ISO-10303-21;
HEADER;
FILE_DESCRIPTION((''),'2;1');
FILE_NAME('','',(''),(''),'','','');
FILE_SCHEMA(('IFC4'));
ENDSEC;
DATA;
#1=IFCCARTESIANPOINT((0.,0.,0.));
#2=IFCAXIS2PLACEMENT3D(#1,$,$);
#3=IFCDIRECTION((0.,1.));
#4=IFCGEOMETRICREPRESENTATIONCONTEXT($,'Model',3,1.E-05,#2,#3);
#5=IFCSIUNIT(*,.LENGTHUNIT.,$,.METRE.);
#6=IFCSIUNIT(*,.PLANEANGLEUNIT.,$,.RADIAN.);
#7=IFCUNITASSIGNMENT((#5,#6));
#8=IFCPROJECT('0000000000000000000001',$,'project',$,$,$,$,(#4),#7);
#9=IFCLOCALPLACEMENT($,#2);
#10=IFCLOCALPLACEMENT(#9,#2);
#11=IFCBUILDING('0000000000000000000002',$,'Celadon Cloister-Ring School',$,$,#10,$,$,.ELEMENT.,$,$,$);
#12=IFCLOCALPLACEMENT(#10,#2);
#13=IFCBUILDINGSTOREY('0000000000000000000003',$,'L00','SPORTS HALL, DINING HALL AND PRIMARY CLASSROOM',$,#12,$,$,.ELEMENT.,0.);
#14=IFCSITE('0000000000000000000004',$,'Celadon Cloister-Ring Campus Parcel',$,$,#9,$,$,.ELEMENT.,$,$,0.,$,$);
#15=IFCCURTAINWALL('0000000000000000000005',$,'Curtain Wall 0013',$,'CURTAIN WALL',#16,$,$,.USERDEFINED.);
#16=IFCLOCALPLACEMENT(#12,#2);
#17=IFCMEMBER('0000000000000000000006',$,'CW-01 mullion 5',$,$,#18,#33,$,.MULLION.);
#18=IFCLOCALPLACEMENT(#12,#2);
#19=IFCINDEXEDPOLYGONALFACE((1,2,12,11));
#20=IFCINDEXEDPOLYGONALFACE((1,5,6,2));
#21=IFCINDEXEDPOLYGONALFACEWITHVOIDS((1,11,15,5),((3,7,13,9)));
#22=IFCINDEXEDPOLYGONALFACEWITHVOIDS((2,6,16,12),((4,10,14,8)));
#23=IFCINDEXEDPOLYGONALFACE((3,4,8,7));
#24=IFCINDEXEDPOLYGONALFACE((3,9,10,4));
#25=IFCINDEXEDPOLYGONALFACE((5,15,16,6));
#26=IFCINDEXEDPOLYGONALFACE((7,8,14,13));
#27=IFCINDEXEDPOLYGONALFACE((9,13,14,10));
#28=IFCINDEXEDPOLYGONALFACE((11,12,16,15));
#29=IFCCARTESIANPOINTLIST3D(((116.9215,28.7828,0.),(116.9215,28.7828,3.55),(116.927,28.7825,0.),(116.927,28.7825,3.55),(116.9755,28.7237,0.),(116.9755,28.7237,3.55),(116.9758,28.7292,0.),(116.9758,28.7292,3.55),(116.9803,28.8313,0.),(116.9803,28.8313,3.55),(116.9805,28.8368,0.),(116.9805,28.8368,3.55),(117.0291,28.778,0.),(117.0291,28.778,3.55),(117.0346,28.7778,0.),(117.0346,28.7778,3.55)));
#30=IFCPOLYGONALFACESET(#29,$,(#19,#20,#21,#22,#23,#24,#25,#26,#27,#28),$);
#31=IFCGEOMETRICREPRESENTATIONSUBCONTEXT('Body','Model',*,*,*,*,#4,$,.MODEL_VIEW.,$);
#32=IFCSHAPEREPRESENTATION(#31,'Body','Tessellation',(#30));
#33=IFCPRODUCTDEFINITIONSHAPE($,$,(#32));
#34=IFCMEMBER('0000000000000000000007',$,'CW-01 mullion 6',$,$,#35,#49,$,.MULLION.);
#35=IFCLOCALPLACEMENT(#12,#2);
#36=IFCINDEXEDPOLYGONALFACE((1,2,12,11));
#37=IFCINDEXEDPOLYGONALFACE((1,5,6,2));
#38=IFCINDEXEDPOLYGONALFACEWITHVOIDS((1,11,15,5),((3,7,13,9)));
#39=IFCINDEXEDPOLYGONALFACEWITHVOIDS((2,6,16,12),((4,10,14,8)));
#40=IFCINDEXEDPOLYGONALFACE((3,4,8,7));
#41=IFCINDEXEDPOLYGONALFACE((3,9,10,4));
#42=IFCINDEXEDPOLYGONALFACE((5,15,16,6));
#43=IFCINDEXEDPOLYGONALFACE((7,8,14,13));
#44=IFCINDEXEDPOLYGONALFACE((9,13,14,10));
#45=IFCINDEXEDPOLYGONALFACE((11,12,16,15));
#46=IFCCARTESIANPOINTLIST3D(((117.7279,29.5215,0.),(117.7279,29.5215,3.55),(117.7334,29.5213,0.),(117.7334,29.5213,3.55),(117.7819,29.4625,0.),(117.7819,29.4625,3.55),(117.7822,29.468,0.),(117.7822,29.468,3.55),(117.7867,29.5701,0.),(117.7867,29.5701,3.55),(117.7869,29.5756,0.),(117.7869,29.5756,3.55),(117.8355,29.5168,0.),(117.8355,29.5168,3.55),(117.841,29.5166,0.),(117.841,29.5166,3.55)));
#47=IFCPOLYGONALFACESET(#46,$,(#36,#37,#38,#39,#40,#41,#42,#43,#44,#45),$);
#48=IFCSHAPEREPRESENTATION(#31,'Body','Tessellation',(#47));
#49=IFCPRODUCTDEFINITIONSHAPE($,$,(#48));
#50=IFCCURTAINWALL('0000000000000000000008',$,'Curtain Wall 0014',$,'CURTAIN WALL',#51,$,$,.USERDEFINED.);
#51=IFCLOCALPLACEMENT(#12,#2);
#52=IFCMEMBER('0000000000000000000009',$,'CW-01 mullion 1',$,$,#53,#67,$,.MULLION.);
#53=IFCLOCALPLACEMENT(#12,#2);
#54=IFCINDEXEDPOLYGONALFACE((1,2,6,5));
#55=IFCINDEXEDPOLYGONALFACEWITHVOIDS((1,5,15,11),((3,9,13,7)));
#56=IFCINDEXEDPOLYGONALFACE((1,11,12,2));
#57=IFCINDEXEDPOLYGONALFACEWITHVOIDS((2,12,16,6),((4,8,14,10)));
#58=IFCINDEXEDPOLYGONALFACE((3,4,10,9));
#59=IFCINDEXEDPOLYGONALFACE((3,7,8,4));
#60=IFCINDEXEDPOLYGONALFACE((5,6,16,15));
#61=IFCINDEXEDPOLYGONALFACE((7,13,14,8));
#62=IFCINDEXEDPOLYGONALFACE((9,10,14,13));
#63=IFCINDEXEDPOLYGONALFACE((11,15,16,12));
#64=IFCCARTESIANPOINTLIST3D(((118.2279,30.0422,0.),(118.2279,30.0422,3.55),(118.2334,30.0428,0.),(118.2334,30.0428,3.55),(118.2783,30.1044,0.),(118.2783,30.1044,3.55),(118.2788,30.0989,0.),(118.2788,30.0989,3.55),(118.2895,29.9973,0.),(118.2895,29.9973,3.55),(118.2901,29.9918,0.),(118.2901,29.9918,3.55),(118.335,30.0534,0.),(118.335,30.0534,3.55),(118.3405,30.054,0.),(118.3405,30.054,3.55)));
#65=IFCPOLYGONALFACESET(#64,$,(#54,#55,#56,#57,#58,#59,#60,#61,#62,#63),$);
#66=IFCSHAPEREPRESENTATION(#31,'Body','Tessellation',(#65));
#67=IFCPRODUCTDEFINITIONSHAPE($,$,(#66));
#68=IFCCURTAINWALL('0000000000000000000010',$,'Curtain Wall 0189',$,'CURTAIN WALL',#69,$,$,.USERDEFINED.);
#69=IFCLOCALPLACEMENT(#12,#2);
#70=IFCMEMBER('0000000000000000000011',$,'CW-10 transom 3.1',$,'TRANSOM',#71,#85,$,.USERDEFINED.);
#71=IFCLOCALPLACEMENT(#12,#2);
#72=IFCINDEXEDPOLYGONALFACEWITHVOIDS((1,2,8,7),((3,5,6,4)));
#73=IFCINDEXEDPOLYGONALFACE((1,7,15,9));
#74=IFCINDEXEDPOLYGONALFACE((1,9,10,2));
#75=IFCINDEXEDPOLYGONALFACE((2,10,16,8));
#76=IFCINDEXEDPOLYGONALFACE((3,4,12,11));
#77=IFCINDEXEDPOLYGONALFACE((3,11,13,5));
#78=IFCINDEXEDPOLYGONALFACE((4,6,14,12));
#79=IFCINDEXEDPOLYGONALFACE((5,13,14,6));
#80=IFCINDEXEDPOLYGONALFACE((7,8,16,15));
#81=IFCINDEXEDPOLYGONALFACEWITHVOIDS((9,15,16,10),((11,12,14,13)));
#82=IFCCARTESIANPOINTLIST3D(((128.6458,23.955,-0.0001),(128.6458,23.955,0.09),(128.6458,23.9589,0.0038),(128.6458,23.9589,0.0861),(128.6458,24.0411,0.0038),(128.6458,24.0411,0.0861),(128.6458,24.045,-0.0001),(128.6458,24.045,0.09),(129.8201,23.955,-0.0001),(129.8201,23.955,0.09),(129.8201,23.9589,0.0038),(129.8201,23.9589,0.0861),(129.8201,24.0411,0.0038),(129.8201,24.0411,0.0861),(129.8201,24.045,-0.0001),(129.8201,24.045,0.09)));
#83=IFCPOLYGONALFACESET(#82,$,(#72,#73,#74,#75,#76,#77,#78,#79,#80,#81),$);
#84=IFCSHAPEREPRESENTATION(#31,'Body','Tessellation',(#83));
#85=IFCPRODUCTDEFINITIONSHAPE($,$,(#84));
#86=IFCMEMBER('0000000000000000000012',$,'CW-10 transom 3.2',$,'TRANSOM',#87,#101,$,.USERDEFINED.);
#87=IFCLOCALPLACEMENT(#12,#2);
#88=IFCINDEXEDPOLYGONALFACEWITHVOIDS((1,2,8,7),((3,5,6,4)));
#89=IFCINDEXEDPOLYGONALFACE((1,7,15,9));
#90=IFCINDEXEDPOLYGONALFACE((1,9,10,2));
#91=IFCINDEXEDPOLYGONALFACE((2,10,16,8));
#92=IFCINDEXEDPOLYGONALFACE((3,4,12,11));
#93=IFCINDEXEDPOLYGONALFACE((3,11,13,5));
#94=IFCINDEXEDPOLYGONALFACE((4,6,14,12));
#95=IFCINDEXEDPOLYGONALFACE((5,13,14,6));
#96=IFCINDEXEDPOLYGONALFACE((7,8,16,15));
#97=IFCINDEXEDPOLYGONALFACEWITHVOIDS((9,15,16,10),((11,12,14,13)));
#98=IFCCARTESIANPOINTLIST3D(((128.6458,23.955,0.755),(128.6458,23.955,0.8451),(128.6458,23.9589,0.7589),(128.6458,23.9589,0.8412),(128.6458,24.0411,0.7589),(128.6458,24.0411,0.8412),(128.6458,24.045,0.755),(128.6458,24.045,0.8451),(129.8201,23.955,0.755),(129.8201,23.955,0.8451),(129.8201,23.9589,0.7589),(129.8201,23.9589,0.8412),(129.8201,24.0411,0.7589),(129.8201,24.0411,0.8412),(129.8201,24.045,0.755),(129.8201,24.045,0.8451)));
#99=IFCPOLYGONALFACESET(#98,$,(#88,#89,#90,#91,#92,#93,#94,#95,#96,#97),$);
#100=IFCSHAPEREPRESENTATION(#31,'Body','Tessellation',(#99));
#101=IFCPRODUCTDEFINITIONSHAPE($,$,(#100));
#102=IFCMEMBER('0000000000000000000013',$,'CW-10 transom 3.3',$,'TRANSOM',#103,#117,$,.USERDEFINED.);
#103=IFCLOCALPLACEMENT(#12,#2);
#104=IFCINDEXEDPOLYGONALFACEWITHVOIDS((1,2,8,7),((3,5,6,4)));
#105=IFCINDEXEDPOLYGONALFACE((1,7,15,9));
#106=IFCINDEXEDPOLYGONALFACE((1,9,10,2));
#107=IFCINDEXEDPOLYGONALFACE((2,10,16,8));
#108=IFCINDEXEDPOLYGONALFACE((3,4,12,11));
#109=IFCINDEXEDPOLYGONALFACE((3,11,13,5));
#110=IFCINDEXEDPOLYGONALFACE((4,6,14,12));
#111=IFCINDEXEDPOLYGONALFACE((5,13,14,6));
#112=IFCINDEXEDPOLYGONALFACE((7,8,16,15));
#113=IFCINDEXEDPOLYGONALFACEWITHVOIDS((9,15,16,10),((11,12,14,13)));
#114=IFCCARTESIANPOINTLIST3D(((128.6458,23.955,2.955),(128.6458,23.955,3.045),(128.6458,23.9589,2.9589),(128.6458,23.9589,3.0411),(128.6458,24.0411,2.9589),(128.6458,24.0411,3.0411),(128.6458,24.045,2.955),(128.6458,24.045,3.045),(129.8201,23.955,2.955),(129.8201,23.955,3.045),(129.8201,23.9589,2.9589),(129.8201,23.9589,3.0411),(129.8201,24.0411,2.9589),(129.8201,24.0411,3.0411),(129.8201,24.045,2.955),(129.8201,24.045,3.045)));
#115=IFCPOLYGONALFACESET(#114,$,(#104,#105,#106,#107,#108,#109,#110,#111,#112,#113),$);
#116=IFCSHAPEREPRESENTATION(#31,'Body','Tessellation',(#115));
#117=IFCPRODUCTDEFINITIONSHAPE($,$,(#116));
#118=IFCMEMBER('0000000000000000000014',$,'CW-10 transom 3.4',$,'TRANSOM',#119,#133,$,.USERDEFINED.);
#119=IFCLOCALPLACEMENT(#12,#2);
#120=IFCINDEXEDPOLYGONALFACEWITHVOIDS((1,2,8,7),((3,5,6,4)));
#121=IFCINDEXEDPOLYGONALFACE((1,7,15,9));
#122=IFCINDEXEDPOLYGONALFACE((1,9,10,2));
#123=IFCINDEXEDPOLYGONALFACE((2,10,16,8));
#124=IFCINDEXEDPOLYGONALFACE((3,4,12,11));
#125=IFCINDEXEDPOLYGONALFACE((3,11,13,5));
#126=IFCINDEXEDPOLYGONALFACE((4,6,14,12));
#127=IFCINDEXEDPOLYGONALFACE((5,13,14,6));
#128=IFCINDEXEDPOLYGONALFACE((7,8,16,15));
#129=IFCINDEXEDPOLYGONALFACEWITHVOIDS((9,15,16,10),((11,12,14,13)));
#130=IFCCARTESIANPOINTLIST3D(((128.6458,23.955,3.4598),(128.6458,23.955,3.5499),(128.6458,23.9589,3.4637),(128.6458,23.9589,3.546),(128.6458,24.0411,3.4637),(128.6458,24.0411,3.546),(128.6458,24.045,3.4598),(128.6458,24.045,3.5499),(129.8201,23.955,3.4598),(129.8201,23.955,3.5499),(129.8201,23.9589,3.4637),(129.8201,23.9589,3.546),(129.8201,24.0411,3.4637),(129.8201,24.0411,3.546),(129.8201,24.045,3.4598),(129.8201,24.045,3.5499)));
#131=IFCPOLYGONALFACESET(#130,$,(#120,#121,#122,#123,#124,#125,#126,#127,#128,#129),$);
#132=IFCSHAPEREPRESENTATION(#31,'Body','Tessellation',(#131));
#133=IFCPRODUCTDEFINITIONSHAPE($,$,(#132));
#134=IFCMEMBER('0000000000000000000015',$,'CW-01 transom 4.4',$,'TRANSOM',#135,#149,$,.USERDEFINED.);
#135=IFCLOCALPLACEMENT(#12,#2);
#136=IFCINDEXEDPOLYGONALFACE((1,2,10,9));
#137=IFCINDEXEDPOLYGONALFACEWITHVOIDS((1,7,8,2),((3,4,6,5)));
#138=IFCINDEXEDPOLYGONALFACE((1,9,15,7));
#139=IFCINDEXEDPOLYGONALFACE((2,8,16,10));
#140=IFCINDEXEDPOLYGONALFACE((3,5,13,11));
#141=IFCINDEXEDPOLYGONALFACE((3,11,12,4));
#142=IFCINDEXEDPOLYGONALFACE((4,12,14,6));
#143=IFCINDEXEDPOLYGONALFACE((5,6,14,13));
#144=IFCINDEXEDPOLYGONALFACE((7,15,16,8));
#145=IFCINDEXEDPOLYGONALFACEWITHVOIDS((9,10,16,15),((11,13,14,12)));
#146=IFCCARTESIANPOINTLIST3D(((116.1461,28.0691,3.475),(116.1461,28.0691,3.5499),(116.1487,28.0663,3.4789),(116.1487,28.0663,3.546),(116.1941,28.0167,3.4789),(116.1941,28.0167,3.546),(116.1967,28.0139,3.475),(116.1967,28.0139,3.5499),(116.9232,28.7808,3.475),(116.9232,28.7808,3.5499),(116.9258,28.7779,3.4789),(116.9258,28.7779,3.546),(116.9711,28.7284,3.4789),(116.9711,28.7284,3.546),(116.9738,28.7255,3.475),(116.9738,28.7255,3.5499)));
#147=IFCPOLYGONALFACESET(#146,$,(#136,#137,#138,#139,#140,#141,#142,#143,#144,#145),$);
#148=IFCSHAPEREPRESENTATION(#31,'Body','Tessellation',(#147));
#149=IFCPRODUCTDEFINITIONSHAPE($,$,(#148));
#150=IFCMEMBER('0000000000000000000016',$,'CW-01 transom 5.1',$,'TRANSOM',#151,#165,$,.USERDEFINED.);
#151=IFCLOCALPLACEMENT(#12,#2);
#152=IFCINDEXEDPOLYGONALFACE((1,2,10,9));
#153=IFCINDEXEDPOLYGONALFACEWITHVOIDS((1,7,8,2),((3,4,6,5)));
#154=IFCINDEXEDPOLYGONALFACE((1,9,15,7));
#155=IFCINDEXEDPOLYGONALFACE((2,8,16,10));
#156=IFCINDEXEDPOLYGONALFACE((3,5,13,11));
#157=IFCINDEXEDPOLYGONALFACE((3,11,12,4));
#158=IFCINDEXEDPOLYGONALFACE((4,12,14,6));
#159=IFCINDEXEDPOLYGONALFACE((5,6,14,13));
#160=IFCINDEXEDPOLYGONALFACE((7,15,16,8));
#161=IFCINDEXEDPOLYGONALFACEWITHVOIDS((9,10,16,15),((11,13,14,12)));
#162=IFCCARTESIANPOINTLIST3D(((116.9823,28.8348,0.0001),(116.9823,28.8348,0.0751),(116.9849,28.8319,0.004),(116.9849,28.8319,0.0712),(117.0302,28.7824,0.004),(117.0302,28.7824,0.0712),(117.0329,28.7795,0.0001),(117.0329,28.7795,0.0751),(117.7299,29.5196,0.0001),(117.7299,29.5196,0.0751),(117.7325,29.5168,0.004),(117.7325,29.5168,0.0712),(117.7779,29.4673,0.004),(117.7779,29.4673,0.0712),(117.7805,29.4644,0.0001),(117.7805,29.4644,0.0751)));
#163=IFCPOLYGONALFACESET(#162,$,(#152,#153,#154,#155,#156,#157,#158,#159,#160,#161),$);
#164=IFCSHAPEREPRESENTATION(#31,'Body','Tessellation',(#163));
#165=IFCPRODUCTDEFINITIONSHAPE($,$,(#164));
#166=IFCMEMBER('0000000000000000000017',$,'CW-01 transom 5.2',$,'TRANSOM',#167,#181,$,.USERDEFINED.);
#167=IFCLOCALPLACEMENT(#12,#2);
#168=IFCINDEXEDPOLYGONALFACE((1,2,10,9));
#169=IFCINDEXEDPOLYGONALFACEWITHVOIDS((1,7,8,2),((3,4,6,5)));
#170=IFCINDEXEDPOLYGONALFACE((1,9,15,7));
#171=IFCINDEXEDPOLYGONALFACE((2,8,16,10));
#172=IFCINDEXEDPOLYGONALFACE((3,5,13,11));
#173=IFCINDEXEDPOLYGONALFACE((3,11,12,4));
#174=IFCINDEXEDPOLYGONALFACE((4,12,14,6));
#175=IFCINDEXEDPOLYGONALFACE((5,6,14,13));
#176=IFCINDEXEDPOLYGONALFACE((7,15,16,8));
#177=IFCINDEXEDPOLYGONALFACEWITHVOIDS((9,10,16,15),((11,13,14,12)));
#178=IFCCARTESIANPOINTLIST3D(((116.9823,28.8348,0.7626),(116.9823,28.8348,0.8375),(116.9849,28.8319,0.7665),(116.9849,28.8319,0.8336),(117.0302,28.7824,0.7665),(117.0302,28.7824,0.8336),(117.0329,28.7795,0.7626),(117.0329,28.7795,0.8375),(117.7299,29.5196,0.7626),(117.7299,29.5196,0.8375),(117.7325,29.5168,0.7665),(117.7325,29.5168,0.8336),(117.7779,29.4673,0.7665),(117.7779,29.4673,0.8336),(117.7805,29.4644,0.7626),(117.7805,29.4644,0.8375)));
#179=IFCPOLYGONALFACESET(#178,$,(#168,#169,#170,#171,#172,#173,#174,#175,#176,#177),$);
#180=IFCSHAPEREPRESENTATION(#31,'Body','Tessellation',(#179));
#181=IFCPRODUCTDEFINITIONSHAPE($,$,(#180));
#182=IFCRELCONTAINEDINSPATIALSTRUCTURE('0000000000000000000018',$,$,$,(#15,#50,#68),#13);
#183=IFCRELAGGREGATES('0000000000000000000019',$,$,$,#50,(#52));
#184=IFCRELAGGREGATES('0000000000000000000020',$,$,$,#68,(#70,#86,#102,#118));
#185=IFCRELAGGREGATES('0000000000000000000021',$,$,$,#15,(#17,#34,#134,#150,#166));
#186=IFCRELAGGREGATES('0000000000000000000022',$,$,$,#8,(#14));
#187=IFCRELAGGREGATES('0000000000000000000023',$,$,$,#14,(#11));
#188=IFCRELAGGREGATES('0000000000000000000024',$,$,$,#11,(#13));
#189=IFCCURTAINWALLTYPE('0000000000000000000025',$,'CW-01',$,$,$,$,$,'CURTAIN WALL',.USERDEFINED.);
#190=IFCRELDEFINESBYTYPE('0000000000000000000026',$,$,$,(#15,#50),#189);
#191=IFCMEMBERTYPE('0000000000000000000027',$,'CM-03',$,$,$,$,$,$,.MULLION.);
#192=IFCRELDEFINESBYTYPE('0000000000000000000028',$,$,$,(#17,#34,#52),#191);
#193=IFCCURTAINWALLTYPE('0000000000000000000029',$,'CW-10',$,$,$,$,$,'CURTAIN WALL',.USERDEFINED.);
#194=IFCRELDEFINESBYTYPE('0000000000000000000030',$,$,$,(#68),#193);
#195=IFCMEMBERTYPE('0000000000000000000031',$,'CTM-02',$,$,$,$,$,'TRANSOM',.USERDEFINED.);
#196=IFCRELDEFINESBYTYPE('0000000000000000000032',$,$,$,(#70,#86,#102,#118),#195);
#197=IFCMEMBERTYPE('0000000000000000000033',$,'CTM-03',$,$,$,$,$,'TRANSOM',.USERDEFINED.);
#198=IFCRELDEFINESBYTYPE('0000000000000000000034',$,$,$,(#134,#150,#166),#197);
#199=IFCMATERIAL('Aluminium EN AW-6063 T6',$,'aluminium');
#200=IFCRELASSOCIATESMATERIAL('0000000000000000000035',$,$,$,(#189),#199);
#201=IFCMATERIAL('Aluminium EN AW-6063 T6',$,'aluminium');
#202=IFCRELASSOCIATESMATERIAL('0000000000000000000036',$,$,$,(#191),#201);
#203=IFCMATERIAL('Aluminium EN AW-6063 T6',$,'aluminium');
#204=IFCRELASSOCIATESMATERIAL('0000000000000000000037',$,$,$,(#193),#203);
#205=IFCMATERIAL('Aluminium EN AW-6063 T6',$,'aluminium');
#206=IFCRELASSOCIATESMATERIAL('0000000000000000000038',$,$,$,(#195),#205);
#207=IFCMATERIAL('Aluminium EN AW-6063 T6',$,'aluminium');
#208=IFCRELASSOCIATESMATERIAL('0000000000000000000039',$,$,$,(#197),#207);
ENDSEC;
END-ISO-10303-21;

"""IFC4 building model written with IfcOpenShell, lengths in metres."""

from ifc_helpers import new_model, si_unit, direction, frame, origin, origin_2d, place, context, subcontext, project, spatial, hollow_rectangle, extrude, material, material_profile, profile_set, type_object, element, aggregate, save


model = new_model("IFC4")

# Units and contexts
model_context = context("Model", 3, precision=1e-05, world=origin(), true_north=direction((0.0, 1.0)))
body_context = subcontext(model_context, "Body", "Model", "MODEL_VIEW")
ifc_project = project(units=[si_unit("LENGTHUNIT", "METRE"), si_unit("PLANEANGLEUNIT", "RADIAN")], contexts=[model_context])

# Site, building, storey
site_placement = place(None, origin())
site = spatial("IfcSite", under=ifc_project, at=site_placement, Name="Celadon Cloister-Ring Campus Parcel", CompositionType="ELEMENT", RefElevation=0.0)
building_placement = place(site_placement, origin())
building = spatial("IfcBuilding", under=site, at=building_placement, Name="Celadon Cloister-Ring School", CompositionType="ELEMENT")
storey_placement = place(building_placement, origin())
storey = spatial("IfcBuildingStorey", under=building, at=storey_placement, Name="L00", Description="SPORTS HALL, DINING HALL AND PRIMARY CLASSROOM", CompositionType="ELEMENT", Elevation=0.0)

# Curtain wall, members
ifc_material_1 = material(Name="Aluminium EN AW-6063 T6", Category="aluminium")
curtain_wall_type_1 = type_object("IfcCurtainWallType", Name="CW-01", ElementType="CURTAIN WALL", PredefinedType="USERDEFINED", material=ifc_material_1)
curtain_wall_1_placement = place(storey_placement, origin())
curtain_wall_1 = element("IfcCurtainWall", 1, at=curtain_wall_1_placement, inside=storey, type_object=curtain_wall_type_1, Name="Curtain Wall 0013", ObjectType="CURTAIN WALL", PredefinedType="USERDEFINED")
ifc_material_2 = material(Name="Aluminium EN AW-6063 T6", Category="aluminium")
ifc_material_profile_1 = material_profile(ifc_material_2, hollow_rectangle(XDim=0.0801, YDim=0.0801, WallThickness=0.0039, at=origin_2d()), Name="RHS80X80X4")
ifc_profile_set_1 = profile_set([ifc_material_profile_1], Name="Aluminium EN AW-6063 T6")
member_type_1 = type_object("IfcMemberType", Name="CM-03", PredefinedType="MULLION", material=ifc_profile_set_1)
member_1_placement = place(storey_placement, frame((116.978, 28.7803, 0.0), z_axis=(0.0, 0.0, 1.0), x_axis=(-0.675469, 0.737388, 0.0)))
member_1 = element("IfcMember", 2, at=member_1_placement, type_object=member_type_1, Name="CW-01 mullion 5", PredefinedType="MULLION", context=body_context, shape_type="SweptSolid", body=[
    extrude(hollow_rectangle(XDim=0.0801, YDim=0.0801, WallThickness=0.0039, at=origin_2d()), origin(), (0.0, 0.0, 1.0), 3.55),
])
member_2_placement = place(storey_placement, frame((117.7844, 29.519, 0.0), z_axis=(0.0, 0.0, 1.0), x_axis=(-0.675469, 0.737388, 0.0)))
member_2 = element("IfcMember", 3, at=member_2_placement, type_object=member_type_1, Name="CW-01 mullion 6", PredefinedType="MULLION", context=body_context, shape_type="SweptSolid", body=[
    extrude(hollow_rectangle(XDim=0.0801, YDim=0.0801, WallThickness=0.0039, at=origin_2d()), origin(), (0.0, 0.0, 1.0), 3.55),
])

# Curtain wall, member
curtain_wall_2_placement = place(storey_placement, origin())
curtain_wall_2 = element("IfcCurtainWall", 4, at=curtain_wall_2_placement, inside=storey, type_object=curtain_wall_type_1, Name="Curtain Wall 0014", ObjectType="CURTAIN WALL", PredefinedType="USERDEFINED")
member_3_placement = place(storey_placement, frame((118.2842, 30.0481, 0.0), z_axis=(0.0, 0.0, 1.0), x_axis=(-0.777068, 0.629416, 0.0)))
member_3 = element("IfcMember", 5, at=member_3_placement, type_object=member_type_1, Name="CW-01 mullion 1", PredefinedType="MULLION", context=body_context, shape_type="SweptSolid", body=[
    extrude(hollow_rectangle(XDim=0.0801, YDim=0.0801, WallThickness=0.0039, at=origin_2d()), origin(), (0.0, 0.0, 1.0), 3.55),
])
aggregate(curtain_wall_2, [member_3])

# Curtain wall, members
ifc_material_3 = material(Name="Aluminium EN AW-6063 T6", Category="aluminium")
curtain_wall_type_2 = type_object("IfcCurtainWallType", Name="CW-10", ElementType="CURTAIN WALL", PredefinedType="USERDEFINED", material=ifc_material_3)
curtain_wall_3_placement = place(storey_placement, origin())
curtain_wall_3 = element("IfcCurtainWall", 6, at=curtain_wall_3_placement, inside=storey, type_object=curtain_wall_type_2, Name="Curtain Wall 0189", ObjectType="CURTAIN WALL", PredefinedType="USERDEFINED")
ifc_material_4 = material(Name="Aluminium EN AW-6063 T6", Category="aluminium")
ifc_material_profile_2 = material_profile(ifc_material_4, hollow_rectangle(XDim=0.0901, YDim=0.0901, WallThickness=0.0039, at=origin_2d()), Name="RHS90X90X4")
ifc_profile_set_2 = profile_set([ifc_material_profile_2], Name="Aluminium EN AW-6063 T6")
member_type_2 = type_object("IfcMemberType", Name="CTM-02", ElementType="TRANSOM", PredefinedType="USERDEFINED", material=ifc_profile_set_2)
member_4_placement = place(storey_placement, frame((128.6458, 24.0, 0.0449), z_axis=(1.0, 0.0, 0.0), x_axis=(0.0, 1.0, 0.0)))
member_4 = element("IfcMember", 7, at=member_4_placement, type_object=member_type_2, Name="CW-10 transom 3.1", ObjectType="TRANSOM", PredefinedType="USERDEFINED", context=body_context, shape_type="SweptSolid", body=[
    extrude(hollow_rectangle(XDim=0.0901, YDim=0.0901, WallThickness=0.0039, at=origin_2d()), origin(), (0.0, 0.0, 1.0), 1.1743),
])
member_5_placement = place(storey_placement, frame((128.6458, 24.0, 0.8), z_axis=(1.0, 0.0, 0.0), x_axis=(0.0, 1.0, 0.0)))
member_5 = element("IfcMember", 8, at=member_5_placement, type_object=member_type_2, Name="CW-10 transom 3.2", ObjectType="TRANSOM", PredefinedType="USERDEFINED", context=body_context, shape_type="SweptSolid", body=[
    extrude(hollow_rectangle(XDim=0.0901, YDim=0.0901, WallThickness=0.0039, at=origin_2d()), origin(), (0.0, 0.0, 1.0), 1.1743),
])
member_6_placement = place(storey_placement, frame((128.6458, 24.0, 3.0), z_axis=(1.0, 0.0, 0.0), x_axis=(0.0, 1.0, 0.0)))
member_6 = element("IfcMember", 9, at=member_6_placement, type_object=member_type_2, Name="CW-10 transom 3.3", ObjectType="TRANSOM", PredefinedType="USERDEFINED", context=body_context, shape_type="SweptSolid", body=[
    extrude(hollow_rectangle(XDim=0.0901, YDim=0.0901, WallThickness=0.0039, at=origin_2d()), origin(), (0.0, 0.0, 1.0), 1.1743),
])
member_7_placement = place(storey_placement, frame((128.6458, 24.0, 3.5049), z_axis=(1.0, 0.0, 0.0), x_axis=(0.0, 1.0, 0.0)))
member_7 = element("IfcMember", 10, at=member_7_placement, type_object=member_type_2, Name="CW-10 transom 3.4", ObjectType="TRANSOM", PredefinedType="USERDEFINED", context=body_context, shape_type="SweptSolid", body=[
    extrude(hollow_rectangle(XDim=0.0901, YDim=0.0901, WallThickness=0.0039, at=origin_2d()), origin(), (0.0, 0.0, 1.0), 1.1743),
])

# Members
ifc_material_5 = material(Name="Aluminium EN AW-6063 T6", Category="aluminium")
ifc_material_profile_3 = material_profile(ifc_material_5, hollow_rectangle(XDim=0.075, YDim=0.075, WallThickness=0.0039, at=origin_2d()), Name="RHS75X75X4")
ifc_profile_set_3 = profile_set([ifc_material_profile_3], Name="Aluminium EN AW-6063 T6")
member_type_3 = type_object("IfcMemberType", Name="CTM-03", ElementType="TRANSOM", PredefinedType="USERDEFINED", material=ifc_profile_set_3)
member_8_placement = place(storey_placement, frame((116.1714, 28.0415, 3.5125), z_axis=(0.737471, 0.675378, 0.0), x_axis=(-0.675378, 0.737471, 0.0)))
member_8 = element("IfcMember", 11, at=member_8_placement, type_object=member_type_3, Name="CW-01 transom 4.4", ObjectType="TRANSOM", PredefinedType="USERDEFINED", context=body_context, shape_type="SweptSolid", body=[
    extrude(hollow_rectangle(XDim=0.075, YDim=0.075, WallThickness=0.0039, at=origin_2d()), origin(), (0.0, 0.0, 1.0), 1.0537),
])
member_9_placement = place(storey_placement, frame((117.0076, 28.8071, 0.0376), z_axis=(0.737374, 0.675485, 0.0), x_axis=(-0.675485, 0.737374, 0.0)))
member_9 = element("IfcMember", 12, at=member_9_placement, type_object=member_type_3, Name="CW-01 transom 5.1", ObjectType="TRANSOM", PredefinedType="USERDEFINED", context=body_context, shape_type="SweptSolid", body=[
    extrude(hollow_rectangle(XDim=0.075, YDim=0.075, WallThickness=0.0039, at=origin_2d()), origin(), (0.0, 0.0, 1.0), 1.0139),
])
member_10_placement = place(storey_placement, frame((117.0076, 28.8071, 0.8), z_axis=(0.737374, 0.675485, 0.0), x_axis=(-0.675485, 0.737374, 0.0)))
member_10 = element("IfcMember", 13, at=member_10_placement, type_object=member_type_3, Name="CW-01 transom 5.2", ObjectType="TRANSOM", PredefinedType="USERDEFINED", context=body_context, shape_type="SweptSolid", body=[
    extrude(hollow_rectangle(XDim=0.075, YDim=0.075, WallThickness=0.0039, at=origin_2d()), origin(), (0.0, 0.0, 1.0), 1.0139),
])

aggregate(curtain_wall_3, [member_4, member_5, member_6, member_7])
aggregate(curtain_wall_1, [member_1, member_2, member_8, member_9, member_10])

save(model, "model.ifc")
